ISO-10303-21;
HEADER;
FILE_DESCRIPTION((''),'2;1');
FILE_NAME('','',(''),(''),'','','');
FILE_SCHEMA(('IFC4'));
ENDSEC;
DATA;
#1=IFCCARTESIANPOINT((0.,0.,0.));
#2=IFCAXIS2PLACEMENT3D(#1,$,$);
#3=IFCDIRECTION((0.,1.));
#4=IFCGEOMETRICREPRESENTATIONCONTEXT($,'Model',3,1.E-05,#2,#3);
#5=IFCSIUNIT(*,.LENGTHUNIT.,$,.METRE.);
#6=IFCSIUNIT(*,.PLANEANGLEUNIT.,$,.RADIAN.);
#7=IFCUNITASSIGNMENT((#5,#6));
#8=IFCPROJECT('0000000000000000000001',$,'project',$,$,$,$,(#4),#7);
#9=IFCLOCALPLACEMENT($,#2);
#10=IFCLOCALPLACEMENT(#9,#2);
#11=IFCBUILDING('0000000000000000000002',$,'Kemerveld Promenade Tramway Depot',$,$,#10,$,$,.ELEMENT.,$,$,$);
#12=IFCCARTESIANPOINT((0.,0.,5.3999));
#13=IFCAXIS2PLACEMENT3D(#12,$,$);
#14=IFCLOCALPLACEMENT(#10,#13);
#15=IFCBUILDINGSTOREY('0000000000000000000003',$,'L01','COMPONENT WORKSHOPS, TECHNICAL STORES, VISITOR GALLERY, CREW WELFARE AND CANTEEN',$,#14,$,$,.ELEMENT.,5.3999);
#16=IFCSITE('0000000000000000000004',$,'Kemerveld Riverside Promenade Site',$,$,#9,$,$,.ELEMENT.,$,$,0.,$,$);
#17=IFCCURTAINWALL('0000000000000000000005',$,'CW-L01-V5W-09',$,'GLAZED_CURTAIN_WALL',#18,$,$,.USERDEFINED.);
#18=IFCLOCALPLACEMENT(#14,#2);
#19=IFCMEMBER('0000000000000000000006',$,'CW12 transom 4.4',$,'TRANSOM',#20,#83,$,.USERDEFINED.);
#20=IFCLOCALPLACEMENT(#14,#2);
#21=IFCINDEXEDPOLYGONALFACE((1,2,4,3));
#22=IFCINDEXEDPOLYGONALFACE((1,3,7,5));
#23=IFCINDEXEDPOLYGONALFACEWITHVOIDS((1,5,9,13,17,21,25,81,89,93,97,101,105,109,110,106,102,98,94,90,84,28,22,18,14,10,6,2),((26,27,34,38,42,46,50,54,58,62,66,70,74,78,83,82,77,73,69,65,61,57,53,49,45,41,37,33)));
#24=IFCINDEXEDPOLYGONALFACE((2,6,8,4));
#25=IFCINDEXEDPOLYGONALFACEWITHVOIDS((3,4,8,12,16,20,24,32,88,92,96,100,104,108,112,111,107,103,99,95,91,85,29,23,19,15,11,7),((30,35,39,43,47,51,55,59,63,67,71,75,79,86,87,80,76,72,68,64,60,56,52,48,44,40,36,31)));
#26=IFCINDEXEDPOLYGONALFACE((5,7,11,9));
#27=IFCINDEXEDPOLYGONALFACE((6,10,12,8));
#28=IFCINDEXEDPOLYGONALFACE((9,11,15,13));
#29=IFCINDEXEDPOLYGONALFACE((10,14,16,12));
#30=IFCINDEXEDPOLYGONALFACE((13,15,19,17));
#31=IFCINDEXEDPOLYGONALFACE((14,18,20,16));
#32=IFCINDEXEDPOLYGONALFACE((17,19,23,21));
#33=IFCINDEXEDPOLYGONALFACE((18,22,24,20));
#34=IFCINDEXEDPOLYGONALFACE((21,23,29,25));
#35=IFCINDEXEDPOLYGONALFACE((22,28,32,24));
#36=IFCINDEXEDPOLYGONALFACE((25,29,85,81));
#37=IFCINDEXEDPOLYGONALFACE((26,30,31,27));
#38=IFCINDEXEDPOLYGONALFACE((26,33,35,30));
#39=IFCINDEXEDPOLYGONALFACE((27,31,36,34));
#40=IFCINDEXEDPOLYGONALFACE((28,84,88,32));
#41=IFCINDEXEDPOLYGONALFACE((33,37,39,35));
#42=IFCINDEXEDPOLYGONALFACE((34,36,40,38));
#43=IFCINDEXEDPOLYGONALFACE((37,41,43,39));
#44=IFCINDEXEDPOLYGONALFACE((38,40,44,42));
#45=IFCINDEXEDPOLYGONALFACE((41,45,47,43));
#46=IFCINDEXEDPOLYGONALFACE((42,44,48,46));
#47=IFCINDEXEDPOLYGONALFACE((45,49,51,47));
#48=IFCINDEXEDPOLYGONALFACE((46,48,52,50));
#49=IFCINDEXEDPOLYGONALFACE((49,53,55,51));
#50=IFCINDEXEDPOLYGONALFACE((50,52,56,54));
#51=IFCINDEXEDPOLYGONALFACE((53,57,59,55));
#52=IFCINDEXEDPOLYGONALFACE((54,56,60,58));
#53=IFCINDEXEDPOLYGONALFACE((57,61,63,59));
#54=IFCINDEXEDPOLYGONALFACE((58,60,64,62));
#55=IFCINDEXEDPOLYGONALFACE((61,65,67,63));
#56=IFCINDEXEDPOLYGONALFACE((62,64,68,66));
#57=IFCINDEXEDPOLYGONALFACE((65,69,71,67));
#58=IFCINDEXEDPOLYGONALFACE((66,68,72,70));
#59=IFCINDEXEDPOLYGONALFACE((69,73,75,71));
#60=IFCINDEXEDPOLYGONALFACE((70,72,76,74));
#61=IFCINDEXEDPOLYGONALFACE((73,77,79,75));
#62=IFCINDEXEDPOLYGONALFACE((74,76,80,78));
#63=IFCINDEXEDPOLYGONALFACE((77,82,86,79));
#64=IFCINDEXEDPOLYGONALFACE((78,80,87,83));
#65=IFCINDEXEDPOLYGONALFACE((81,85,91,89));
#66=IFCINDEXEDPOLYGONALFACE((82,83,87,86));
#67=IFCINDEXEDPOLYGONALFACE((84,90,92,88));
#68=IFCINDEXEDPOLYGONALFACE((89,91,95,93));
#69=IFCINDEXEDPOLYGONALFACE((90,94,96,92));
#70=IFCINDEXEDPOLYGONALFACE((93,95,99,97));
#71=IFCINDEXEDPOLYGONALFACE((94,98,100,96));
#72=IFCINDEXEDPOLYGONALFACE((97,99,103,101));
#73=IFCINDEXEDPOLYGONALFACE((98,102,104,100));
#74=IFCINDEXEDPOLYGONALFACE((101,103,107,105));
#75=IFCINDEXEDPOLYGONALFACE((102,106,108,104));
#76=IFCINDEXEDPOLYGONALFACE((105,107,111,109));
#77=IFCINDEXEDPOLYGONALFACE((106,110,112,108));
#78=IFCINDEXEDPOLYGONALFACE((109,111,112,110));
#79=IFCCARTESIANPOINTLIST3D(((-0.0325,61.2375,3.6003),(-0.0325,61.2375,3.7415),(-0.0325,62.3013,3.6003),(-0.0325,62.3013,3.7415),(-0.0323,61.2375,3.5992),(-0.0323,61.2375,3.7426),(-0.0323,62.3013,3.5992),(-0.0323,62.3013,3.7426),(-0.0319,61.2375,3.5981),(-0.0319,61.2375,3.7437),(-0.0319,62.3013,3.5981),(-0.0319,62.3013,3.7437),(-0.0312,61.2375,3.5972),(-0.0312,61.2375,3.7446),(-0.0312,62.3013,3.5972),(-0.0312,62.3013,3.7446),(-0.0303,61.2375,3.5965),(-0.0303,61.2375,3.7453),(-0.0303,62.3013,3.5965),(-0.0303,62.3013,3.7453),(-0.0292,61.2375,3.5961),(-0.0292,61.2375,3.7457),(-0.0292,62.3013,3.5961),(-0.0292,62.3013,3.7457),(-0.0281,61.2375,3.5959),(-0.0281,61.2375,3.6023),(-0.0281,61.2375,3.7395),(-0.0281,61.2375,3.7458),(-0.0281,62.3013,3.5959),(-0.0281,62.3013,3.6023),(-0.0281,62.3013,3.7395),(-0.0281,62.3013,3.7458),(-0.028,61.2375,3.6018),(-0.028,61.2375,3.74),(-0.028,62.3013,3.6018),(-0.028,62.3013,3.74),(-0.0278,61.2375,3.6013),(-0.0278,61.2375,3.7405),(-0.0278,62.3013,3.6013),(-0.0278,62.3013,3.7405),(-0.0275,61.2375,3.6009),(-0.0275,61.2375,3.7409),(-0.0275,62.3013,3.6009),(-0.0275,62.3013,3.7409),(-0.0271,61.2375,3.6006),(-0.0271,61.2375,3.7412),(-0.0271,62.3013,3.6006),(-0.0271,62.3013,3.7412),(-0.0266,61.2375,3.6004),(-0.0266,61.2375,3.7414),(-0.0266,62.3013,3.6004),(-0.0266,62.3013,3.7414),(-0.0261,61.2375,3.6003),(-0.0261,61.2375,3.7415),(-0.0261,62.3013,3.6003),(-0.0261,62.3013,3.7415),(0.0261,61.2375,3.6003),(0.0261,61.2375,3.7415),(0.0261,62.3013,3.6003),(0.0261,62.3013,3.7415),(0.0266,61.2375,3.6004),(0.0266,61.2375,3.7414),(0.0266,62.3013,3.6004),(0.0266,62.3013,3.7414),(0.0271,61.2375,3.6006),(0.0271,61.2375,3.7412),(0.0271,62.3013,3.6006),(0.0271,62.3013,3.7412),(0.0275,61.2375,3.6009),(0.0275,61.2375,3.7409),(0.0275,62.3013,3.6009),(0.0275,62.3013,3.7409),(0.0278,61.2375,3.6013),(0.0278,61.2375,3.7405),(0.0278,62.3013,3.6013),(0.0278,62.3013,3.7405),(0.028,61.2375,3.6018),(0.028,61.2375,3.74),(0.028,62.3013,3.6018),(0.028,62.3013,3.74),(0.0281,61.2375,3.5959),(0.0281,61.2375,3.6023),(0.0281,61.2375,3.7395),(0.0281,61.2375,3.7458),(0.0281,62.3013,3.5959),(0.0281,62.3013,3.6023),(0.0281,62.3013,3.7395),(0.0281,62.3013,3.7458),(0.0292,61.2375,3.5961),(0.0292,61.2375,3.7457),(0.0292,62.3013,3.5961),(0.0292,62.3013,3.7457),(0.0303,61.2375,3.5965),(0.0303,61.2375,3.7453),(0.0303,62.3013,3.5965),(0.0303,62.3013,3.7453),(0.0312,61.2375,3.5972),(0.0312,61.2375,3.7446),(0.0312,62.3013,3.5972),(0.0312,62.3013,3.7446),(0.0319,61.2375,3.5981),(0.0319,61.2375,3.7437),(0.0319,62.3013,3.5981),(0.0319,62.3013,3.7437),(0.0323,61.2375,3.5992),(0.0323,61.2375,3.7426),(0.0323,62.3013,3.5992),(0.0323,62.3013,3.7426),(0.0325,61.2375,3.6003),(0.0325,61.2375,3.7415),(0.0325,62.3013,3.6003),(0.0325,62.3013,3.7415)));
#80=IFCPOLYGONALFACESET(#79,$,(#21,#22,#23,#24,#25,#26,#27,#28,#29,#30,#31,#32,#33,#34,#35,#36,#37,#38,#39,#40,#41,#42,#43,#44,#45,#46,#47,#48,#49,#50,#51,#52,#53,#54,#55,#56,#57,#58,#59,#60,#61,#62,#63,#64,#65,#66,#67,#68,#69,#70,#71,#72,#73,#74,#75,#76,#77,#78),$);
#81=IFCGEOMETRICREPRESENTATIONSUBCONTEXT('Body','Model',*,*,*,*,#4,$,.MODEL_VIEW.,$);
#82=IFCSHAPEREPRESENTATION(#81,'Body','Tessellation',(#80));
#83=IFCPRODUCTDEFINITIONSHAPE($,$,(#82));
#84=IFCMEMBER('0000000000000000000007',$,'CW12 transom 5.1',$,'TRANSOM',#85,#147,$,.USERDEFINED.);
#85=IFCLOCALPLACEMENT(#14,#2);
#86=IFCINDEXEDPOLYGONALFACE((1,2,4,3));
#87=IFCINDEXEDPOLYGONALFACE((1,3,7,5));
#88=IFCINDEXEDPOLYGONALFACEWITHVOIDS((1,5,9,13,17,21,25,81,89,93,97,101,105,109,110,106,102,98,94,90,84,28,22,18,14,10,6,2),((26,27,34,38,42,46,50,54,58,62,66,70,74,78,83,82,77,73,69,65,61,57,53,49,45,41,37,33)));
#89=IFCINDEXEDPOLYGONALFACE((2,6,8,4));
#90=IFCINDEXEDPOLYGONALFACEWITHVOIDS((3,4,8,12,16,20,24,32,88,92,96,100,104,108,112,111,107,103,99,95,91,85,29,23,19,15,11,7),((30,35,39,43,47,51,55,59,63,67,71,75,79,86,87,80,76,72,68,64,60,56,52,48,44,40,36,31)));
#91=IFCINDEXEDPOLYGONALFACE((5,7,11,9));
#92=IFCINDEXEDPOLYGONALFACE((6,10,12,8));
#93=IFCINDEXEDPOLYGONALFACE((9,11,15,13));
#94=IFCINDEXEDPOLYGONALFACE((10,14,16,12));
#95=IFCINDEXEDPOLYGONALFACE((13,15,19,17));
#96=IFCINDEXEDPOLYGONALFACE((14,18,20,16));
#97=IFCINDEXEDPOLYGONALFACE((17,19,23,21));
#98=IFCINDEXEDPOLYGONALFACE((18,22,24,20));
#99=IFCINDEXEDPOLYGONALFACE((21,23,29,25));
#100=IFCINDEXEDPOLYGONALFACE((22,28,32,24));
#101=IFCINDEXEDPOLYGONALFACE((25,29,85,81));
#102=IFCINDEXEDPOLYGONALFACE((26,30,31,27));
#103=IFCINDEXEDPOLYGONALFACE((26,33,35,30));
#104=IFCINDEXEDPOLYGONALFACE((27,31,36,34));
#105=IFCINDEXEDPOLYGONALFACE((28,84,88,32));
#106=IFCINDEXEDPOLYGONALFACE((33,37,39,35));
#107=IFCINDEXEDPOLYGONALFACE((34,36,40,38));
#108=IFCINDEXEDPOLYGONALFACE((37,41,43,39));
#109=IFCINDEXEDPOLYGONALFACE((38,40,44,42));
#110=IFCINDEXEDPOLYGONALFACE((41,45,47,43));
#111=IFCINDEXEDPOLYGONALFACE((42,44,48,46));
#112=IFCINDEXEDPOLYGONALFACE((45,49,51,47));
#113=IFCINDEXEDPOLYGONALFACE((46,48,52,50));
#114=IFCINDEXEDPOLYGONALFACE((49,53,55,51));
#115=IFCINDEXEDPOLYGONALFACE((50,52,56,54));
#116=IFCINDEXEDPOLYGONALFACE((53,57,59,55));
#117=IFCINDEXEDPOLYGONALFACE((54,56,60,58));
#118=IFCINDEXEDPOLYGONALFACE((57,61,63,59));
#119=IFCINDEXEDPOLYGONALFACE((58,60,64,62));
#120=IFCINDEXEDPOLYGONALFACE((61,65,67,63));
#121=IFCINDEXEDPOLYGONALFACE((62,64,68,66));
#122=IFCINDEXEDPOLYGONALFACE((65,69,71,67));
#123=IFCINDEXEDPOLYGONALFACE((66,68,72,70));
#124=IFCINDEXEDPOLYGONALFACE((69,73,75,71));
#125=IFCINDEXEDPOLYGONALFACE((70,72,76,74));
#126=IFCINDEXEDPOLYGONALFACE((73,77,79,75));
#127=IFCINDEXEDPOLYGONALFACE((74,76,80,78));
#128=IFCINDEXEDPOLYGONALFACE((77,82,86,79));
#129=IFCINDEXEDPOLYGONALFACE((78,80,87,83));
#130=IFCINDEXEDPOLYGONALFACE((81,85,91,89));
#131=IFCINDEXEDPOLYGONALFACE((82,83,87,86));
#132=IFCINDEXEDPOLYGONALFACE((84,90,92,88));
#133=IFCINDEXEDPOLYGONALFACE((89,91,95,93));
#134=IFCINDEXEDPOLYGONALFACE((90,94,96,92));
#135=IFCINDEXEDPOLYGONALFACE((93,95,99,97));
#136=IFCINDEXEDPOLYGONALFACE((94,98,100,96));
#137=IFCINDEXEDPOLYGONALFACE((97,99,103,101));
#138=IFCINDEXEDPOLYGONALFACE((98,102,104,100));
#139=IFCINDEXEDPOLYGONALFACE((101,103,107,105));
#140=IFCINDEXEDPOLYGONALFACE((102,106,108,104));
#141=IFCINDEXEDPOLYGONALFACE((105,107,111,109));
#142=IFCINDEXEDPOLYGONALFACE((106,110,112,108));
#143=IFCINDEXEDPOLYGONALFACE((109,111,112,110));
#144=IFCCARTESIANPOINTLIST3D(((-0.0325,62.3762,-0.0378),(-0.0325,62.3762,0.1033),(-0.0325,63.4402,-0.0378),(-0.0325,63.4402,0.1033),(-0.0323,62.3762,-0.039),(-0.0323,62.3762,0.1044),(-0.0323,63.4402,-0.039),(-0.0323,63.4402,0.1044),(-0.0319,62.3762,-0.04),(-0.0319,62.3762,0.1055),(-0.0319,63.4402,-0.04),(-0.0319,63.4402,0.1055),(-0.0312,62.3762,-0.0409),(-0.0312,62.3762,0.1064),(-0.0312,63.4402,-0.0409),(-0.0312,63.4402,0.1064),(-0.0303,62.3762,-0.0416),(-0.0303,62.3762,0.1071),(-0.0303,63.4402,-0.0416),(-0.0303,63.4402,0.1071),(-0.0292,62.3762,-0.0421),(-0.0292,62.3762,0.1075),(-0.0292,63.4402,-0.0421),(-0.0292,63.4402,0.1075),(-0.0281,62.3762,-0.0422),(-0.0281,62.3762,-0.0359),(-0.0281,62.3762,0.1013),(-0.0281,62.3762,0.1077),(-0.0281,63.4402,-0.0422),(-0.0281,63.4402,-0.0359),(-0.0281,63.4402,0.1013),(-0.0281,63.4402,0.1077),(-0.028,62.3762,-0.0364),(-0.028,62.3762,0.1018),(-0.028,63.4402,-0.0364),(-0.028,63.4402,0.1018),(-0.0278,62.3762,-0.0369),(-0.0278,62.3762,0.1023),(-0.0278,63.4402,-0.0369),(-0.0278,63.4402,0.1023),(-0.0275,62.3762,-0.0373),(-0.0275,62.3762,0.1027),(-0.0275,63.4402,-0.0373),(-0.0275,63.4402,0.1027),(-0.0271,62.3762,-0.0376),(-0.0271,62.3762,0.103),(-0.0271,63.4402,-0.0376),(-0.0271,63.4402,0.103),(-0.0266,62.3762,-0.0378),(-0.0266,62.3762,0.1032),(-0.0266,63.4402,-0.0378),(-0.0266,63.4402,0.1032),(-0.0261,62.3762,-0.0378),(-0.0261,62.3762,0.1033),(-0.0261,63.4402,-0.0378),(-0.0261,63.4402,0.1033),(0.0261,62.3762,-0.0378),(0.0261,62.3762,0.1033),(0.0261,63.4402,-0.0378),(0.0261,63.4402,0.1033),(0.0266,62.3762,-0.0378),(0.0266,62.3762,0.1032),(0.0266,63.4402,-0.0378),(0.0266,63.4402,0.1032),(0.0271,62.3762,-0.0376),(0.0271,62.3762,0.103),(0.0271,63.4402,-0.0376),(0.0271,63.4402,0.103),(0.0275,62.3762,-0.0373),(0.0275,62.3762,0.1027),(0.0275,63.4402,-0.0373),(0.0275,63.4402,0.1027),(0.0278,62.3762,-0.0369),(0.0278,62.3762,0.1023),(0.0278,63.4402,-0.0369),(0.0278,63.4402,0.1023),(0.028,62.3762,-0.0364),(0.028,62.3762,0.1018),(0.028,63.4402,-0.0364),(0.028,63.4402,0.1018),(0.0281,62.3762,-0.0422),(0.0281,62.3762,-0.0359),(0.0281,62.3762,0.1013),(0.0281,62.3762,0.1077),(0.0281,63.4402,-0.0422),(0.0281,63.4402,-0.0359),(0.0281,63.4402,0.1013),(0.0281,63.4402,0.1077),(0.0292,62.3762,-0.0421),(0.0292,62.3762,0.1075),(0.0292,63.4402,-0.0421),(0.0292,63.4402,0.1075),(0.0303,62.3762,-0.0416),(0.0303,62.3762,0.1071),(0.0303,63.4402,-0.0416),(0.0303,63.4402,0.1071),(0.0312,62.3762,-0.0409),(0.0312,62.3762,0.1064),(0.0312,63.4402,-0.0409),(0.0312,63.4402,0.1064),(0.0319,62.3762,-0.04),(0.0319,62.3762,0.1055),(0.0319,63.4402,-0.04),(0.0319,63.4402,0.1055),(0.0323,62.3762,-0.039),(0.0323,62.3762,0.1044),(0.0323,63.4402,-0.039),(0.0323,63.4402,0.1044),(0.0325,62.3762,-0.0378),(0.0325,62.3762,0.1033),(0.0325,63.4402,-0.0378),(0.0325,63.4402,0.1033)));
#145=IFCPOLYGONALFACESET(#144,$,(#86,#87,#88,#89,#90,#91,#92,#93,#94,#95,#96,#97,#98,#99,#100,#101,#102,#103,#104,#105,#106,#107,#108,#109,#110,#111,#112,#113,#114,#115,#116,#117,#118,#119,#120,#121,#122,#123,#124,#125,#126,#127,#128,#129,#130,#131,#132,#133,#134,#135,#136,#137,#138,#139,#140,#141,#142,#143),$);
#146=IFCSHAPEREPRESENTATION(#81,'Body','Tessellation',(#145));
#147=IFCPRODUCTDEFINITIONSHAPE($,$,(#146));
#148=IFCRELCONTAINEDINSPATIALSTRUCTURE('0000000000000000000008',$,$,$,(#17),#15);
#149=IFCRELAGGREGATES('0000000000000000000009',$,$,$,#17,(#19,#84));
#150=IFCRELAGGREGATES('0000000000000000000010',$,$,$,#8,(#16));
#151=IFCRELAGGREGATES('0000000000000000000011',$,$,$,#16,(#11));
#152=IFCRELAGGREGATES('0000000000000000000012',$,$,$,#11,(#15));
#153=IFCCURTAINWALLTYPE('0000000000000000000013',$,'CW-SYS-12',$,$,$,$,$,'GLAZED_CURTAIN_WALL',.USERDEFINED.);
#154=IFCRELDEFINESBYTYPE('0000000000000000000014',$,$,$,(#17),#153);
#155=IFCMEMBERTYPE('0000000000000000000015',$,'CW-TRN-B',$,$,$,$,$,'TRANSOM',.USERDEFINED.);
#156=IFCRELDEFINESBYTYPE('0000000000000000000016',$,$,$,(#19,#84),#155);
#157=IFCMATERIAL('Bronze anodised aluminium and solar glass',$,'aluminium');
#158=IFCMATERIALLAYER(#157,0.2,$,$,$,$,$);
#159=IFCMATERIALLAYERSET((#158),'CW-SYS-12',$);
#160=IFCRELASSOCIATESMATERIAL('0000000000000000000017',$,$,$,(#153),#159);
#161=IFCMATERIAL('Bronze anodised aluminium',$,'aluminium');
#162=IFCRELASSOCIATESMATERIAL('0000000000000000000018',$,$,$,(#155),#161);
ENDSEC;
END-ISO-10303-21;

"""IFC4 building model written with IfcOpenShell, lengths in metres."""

from ifc_helpers import new_model, si_unit, direction, frame, origin, origin_2d, place, context, subcontext, project, spatial, hollow_rectangle, extrude, material, layer, layer_set, material_profile, profile_set, type_object, element, aggregate, save


model = new_model("IFC4")

# Units and contexts
model_context = context("Model", 3, precision=1e-05, world=origin(), true_north=direction((0.0, 1.0)))
body_context = subcontext(model_context, "Body", "Model", "MODEL_VIEW")
ifc_project = project(units=[si_unit("LENGTHUNIT", "METRE"), si_unit("PLANEANGLEUNIT", "RADIAN")], contexts=[model_context])

# Site, building, storey
site_placement = place(None, origin())
site = spatial("IfcSite", under=ifc_project, at=site_placement, Name="Kemerveld Riverside Promenade Site", CompositionType="ELEMENT", RefElevation=0.0)
building_placement = place(site_placement, origin())
building = spatial("IfcBuilding", under=site, at=building_placement, Name="Kemerveld Promenade Tramway Depot", CompositionType="ELEMENT")
storey_placement = place(building_placement, frame((0.0, 0.0, 5.3999)))
storey = spatial("IfcBuildingStorey", under=building, at=storey_placement, Name="L01", Description="COMPONENT WORKSHOPS, TECHNICAL STORES, VISITOR GALLERY, CREW WELFARE AND CANTEEN", CompositionType="ELEMENT", Elevation=5.3999)

# Curtain wall, members
ifc_material_1 = material(Name="Bronze anodised aluminium and solar glass", Category="aluminium")
ifc_layer_1 = layer(ifc_material_1, 0.2)
ifc_layer_set_1 = layer_set([ifc_layer_1], Name="CW-SYS-12")
curtain_wall_type = type_object("IfcCurtainWallType", Name="CW-SYS-12", ElementType="GLAZED_CURTAIN_WALL", PredefinedType="USERDEFINED", material=ifc_layer_set_1)
curtain_wall_placement = place(storey_placement, origin())
curtain_wall = element("IfcCurtainWall", 1, at=curtain_wall_placement, inside=storey, type_object=curtain_wall_type, Name="CW-L01-V5W-09", ObjectType="GLAZED_CURTAIN_WALL", PredefinedType="USERDEFINED")
ifc_material_2 = material(Name="Bronze anodised aluminium", Category="aluminium")
ifc_material_profile_1 = material_profile(ifc_material_2, hollow_rectangle(XDim=0.0649, YDim=0.1499, WallThickness=0.0044, InnerFilletRadius=0.002, OuterFilletRadius=0.0044, at=origin_2d()), Name="CW-TRN-150x65")
ifc_profile_set_1 = profile_set([ifc_material_profile_1], Name="Bronze anodised aluminium")
member_type_1 = type_object("IfcMemberType", Name="CW-TRN-B", ElementType="TRANSOM", PredefinedType="USERDEFINED", material=ifc_profile_set_1)
member_1_placement = place(storey_placement, frame((0.0, 61.2375, 3.6709), z_axis=(0.0, 1.0, 0.0), x_axis=(-1.0, 0.0, 0.0)))
member_1 = element("IfcMember", 2, at=member_1_placement, type_object=member_type_1, Name="CW12 transom 4.4", ObjectType="TRANSOM", PredefinedType="USERDEFINED", context=body_context, shape_type="SweptSolid", body=[
    extrude(hollow_rectangle(XDim=0.0649, YDim=0.1499, WallThickness=0.0044, InnerFilletRadius=0.002, OuterFilletRadius=0.0044, at=origin_2d()), origin(), (0.0, 0.0, 1.0), 1.0637),
])
member_2_placement = place(storey_placement, frame((0.0, 62.3762, 0.0327), z_axis=(0.0, 1.0, 0.0), x_axis=(-1.0, 0.0, 0.0)))
member_2 = element("IfcMember", 3, at=member_2_placement, type_object=member_type_1, Name="CW12 transom 5.1", ObjectType="TRANSOM", PredefinedType="USERDEFINED", context=body_context, shape_type="SweptSolid", body=[
    extrude(hollow_rectangle(XDim=0.0649, YDim=0.1499, WallThickness=0.0044, InnerFilletRadius=0.002, OuterFilletRadius=0.0044, at=origin_2d()), origin(), (0.0, 0.0, 1.0), 1.064),
])
aggregate(curtain_wall, [member_1, member_2])

save(model, "model.ifc")
